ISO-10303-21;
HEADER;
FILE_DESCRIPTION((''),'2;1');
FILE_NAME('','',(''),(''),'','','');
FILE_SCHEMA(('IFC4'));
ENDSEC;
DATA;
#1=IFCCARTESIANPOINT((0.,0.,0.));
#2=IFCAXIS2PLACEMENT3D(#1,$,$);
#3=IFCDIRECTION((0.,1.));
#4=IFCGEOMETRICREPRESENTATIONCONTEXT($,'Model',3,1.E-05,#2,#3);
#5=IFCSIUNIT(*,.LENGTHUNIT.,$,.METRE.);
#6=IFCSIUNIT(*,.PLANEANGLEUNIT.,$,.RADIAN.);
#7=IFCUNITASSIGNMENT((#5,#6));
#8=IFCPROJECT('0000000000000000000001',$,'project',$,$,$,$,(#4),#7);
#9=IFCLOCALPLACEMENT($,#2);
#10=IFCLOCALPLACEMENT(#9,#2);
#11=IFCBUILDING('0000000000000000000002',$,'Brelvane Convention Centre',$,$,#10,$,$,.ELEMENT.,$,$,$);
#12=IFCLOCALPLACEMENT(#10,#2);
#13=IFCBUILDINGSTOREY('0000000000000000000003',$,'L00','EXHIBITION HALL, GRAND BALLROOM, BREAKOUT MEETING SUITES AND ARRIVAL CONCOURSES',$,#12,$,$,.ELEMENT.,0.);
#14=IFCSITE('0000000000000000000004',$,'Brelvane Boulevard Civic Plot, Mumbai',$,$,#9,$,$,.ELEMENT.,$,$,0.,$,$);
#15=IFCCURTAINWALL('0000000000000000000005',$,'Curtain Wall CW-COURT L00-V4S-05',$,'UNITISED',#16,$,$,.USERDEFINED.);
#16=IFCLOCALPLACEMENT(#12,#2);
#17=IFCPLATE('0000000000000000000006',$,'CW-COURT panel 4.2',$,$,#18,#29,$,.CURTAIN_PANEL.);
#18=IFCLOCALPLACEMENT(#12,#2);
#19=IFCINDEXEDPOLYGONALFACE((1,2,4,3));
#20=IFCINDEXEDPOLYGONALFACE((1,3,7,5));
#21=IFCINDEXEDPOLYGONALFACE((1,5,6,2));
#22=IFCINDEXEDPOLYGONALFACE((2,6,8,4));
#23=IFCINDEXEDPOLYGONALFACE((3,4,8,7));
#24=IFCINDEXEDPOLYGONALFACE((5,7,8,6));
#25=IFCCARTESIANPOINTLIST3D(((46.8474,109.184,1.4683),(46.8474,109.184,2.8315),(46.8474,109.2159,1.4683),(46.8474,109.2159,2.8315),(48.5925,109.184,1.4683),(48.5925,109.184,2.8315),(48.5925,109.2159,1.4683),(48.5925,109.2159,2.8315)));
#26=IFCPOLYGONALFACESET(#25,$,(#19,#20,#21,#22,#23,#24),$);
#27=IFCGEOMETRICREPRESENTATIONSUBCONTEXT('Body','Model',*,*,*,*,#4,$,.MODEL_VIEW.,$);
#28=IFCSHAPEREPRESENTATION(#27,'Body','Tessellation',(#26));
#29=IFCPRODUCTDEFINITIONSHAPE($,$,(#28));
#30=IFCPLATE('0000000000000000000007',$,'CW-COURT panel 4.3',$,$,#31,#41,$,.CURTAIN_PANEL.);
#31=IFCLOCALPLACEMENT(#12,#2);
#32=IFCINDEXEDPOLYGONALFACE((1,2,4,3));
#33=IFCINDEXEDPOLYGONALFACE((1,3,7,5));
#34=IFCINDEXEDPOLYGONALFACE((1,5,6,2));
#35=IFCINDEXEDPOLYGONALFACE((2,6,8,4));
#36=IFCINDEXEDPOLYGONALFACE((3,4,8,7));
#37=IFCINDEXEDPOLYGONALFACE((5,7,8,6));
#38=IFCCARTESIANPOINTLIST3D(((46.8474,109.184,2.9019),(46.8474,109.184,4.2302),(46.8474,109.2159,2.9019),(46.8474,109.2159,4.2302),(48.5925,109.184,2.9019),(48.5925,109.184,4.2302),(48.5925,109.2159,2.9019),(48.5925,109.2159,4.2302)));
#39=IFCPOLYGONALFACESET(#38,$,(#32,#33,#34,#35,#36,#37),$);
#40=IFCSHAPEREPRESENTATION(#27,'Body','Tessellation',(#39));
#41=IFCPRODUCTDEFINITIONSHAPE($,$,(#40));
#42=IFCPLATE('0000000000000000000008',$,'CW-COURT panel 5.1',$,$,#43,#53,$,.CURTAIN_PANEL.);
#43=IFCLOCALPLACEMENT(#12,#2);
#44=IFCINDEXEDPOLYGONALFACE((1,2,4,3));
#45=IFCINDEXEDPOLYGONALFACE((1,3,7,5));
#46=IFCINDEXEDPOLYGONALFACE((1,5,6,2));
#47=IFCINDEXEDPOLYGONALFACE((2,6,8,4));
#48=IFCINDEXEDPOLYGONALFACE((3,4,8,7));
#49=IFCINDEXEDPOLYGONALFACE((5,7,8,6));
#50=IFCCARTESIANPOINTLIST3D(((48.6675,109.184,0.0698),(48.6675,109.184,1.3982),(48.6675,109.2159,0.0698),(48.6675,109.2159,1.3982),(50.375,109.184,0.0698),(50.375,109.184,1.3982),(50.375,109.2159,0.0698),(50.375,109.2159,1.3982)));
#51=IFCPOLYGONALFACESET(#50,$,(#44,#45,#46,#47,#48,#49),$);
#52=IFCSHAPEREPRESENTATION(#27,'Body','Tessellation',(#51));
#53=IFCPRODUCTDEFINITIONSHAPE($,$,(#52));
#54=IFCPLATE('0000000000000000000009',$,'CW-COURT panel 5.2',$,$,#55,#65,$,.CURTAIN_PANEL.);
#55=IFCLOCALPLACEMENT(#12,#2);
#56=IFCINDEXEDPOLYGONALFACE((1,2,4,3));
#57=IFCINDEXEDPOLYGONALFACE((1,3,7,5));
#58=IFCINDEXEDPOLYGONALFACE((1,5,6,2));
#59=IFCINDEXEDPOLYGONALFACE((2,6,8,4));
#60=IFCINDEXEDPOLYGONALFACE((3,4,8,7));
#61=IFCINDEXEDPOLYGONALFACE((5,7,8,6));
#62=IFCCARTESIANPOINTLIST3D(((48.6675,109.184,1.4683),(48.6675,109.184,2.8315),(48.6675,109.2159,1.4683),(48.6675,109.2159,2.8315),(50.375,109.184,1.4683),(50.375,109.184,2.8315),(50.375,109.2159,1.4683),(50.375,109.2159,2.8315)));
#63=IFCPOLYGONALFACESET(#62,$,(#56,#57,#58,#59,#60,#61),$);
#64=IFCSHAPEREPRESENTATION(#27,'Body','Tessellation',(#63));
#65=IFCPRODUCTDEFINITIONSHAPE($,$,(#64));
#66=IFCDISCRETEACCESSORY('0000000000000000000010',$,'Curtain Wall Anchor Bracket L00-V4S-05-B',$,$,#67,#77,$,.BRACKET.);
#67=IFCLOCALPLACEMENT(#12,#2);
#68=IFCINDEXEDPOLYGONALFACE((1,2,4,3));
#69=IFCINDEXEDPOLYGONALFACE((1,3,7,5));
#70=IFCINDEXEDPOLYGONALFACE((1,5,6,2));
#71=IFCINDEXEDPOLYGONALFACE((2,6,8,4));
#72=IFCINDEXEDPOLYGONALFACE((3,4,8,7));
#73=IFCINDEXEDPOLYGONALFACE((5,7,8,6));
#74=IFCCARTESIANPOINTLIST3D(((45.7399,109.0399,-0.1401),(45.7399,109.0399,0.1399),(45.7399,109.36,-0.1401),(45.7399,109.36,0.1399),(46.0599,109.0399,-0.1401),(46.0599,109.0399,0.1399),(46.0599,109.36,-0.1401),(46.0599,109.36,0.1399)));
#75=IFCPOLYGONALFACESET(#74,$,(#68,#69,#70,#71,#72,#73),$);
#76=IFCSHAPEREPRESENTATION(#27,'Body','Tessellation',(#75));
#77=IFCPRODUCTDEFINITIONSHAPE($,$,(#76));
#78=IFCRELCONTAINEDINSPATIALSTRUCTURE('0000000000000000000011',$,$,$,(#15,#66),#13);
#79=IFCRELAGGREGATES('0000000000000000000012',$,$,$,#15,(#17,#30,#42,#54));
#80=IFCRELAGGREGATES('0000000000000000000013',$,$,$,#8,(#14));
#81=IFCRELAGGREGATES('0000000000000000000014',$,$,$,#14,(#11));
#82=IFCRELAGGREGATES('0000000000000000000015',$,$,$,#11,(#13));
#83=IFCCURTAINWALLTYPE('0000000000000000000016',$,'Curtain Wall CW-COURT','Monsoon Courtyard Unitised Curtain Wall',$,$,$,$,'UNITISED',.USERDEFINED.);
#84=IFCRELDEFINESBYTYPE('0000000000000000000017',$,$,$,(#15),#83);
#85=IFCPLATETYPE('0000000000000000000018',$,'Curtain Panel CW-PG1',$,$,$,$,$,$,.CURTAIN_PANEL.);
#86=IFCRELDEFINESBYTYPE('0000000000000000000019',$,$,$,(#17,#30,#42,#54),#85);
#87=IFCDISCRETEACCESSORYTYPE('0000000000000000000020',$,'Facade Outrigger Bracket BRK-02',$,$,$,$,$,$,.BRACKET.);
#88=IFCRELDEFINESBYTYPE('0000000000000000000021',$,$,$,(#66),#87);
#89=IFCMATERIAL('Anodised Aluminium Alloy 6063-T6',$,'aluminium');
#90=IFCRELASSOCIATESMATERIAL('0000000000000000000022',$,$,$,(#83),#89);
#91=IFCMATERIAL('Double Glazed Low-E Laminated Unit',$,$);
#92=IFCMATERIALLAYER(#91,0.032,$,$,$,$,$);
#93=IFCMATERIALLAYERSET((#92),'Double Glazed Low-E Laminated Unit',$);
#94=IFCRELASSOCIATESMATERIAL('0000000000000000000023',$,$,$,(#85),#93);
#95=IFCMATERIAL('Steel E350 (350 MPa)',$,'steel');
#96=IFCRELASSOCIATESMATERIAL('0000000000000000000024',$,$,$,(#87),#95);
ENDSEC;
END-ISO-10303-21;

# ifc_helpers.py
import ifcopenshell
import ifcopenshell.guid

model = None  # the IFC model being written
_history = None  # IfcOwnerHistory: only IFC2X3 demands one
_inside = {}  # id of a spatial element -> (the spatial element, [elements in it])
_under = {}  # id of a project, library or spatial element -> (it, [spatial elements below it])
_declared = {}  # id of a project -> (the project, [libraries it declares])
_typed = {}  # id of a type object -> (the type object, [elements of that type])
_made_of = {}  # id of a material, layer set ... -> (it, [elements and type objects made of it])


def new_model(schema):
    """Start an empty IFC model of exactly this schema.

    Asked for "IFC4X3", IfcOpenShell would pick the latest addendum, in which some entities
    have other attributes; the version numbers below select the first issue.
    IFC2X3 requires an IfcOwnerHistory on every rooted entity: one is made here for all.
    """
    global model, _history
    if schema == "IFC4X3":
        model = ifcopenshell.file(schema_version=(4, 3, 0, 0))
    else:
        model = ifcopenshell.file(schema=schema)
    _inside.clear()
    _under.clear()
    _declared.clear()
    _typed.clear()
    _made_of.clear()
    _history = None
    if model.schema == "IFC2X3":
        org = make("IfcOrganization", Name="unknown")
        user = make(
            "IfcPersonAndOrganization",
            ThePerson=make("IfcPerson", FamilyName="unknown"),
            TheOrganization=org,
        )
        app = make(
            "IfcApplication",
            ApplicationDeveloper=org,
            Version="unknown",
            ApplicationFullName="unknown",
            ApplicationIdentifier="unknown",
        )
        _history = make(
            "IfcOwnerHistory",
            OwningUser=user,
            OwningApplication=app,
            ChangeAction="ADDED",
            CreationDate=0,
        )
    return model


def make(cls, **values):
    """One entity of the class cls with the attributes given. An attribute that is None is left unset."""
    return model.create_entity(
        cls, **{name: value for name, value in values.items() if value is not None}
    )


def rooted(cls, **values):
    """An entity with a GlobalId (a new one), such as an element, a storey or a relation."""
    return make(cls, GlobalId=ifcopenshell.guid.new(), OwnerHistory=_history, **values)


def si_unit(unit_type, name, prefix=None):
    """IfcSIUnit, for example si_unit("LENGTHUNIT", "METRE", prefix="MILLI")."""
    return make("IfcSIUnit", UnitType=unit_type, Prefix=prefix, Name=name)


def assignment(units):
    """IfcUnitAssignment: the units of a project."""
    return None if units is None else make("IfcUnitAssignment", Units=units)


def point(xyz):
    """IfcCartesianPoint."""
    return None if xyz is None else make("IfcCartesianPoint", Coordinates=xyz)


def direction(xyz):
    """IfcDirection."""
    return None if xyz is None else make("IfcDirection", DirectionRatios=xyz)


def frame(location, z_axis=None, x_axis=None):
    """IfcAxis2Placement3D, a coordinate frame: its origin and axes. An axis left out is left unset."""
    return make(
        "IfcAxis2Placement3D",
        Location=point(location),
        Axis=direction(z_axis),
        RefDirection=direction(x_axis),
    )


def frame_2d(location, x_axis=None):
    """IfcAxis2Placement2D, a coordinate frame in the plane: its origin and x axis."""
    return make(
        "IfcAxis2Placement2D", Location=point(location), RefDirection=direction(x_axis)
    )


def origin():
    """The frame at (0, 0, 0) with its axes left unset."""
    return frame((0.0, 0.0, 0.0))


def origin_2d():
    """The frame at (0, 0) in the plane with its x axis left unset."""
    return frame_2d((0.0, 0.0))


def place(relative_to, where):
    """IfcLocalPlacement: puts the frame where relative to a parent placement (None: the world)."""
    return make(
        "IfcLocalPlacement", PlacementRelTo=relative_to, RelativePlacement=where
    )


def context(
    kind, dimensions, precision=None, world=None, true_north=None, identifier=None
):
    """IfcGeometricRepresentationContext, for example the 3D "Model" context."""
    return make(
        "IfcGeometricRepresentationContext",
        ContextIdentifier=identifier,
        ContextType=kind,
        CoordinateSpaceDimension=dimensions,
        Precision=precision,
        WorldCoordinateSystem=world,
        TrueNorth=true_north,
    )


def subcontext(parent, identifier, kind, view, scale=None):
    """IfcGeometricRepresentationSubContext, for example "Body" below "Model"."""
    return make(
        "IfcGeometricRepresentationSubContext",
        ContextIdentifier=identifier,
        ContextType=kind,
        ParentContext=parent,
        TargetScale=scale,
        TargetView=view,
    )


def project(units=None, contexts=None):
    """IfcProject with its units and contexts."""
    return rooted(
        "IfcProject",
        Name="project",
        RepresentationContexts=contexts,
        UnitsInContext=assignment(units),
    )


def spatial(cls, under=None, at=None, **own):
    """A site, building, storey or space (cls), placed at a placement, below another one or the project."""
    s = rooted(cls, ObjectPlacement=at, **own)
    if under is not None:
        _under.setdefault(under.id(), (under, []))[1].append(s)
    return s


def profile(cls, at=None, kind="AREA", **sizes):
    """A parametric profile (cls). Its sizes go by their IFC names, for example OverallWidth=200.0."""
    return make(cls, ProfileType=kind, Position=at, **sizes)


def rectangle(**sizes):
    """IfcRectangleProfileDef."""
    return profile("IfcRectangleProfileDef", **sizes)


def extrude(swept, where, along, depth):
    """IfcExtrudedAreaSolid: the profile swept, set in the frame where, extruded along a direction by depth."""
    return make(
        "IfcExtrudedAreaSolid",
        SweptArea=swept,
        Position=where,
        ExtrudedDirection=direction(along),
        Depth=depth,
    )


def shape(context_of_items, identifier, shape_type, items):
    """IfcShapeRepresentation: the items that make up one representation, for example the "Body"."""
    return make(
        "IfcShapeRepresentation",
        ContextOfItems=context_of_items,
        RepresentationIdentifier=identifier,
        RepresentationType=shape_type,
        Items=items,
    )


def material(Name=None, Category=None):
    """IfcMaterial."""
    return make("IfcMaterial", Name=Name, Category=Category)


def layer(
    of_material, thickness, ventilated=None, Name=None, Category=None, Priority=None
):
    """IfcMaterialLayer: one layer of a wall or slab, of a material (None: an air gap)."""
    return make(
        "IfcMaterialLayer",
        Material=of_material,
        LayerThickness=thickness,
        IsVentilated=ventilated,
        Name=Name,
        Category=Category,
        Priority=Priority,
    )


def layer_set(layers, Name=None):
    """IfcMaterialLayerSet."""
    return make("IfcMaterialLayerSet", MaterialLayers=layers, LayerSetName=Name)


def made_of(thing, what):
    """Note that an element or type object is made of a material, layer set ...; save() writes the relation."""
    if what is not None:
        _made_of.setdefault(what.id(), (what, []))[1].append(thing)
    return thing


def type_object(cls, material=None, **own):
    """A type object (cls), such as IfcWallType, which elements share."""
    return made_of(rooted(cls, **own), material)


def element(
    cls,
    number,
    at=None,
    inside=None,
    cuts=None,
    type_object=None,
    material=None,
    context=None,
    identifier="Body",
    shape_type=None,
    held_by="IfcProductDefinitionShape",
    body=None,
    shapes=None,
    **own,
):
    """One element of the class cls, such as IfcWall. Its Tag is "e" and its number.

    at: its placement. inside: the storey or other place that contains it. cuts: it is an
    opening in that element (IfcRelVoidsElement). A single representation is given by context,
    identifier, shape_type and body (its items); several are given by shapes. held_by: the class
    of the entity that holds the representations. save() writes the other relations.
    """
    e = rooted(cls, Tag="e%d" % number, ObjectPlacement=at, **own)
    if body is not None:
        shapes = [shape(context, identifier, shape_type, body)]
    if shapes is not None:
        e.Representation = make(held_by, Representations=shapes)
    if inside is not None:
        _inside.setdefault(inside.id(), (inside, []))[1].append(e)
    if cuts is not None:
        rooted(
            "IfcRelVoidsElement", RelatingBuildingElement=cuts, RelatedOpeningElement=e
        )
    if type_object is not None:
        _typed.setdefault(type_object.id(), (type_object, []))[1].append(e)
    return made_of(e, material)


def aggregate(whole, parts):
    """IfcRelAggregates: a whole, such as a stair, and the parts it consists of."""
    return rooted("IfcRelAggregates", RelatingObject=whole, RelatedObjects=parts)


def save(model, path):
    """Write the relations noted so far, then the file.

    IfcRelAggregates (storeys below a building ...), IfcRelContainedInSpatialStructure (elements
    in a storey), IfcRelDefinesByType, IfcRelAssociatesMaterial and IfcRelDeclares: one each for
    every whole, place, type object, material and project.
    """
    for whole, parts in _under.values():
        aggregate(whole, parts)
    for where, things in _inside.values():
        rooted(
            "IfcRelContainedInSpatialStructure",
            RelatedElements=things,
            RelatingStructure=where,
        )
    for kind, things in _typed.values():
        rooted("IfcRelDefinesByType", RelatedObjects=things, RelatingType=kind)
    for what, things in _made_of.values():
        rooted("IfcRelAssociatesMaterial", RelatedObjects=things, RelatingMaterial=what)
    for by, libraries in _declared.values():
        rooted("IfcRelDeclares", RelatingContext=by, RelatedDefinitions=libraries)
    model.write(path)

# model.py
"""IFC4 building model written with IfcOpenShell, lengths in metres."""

from ifc_helpers import new_model, si_unit, direction, frame, origin, origin_2d, place, context, subcontext, project, spatial, rectangle, extrude, material, layer, layer_set, type_object, element, aggregate, save


model = new_model("IFC4")

# Units and contexts
model_context = context("Model", 3, precision=1e-05, world=origin(), true_north=direction((0.0, 1.0)))
body_context = subcontext(model_context, "Body", "Model", "MODEL_VIEW")
ifc_project = project(units=[si_unit("LENGTHUNIT", "METRE"), si_unit("PLANEANGLEUNIT", "RADIAN")], contexts=[model_context])

# Site, building, storey
site_placement = place(None, origin())
site = spatial("IfcSite", under=ifc_project, at=site_placement, Name="Brelvane Boulevard Civic Plot, Mumbai", CompositionType="ELEMENT", RefElevation=0.0)
building_placement = place(site_placement, origin())
building = spatial("IfcBuilding", under=site, at=building_placement, Name="Brelvane Convention Centre", CompositionType="ELEMENT")
storey_placement = place(building_placement, origin())
storey = spatial("IfcBuildingStorey", under=building, at=storey_placement, Name="L00", Description="EXHIBITION HALL, GRAND BALLROOM, BREAKOUT MEETING SUITES AND ARRIVAL CONCOURSES", CompositionType="ELEMENT", Elevation=0.0)

# Curtain wall, plates
ifc_material_1 = material(Name="Anodised Aluminium Alloy 6063-T6", Category="aluminium")
curtain_wall_type = type_object("IfcCurtainWallType", Name="Curtain Wall CW-COURT", Description="Monsoon Courtyard Unitised Curtain Wall", ElementType="UNITISED", PredefinedType="USERDEFINED", material=ifc_material_1)
curtain_wall_placement = place(storey_placement, origin())
curtain_wall = element("IfcCurtainWall", 1, at=curtain_wall_placement, inside=storey, type_object=curtain_wall_type, Name="Curtain Wall CW-COURT L00-V4S-05", ObjectType="UNITISED", PredefinedType="USERDEFINED")
ifc_material_2 = material(Name="Double Glazed Low-E Laminated Unit")
ifc_layer = layer(ifc_material_2, 0.032)
ifc_layer_set = layer_set([ifc_layer], Name="Double Glazed Low-E Laminated Unit")
plate_type = type_object("IfcPlateType", Name="Curtain Panel CW-PG1", PredefinedType="CURTAIN_PANEL", material=ifc_layer_set)
plate_1_placement = place(storey_placement, frame((47.72, 109.2, 1.4683), z_axis=(0.0, 0.0, 1.0), x_axis=(1.0, 0.0, 0.0)))
plate_1 = element("IfcPlate", 2, at=plate_1_placement, type_object=plate_type, Name="CW-COURT panel 4.2", PredefinedType="CURTAIN_PANEL", context=body_context, shape_type="SweptSolid", body=[
    extrude(rectangle(XDim=1.7451, YDim=0.032, at=origin_2d()), origin(), (0.0, 0.0, 1.0), 1.3633),
])
plate_2_placement = place(storey_placement, frame((47.72, 109.2, 2.9019), z_axis=(0.0, 0.0, 1.0), x_axis=(1.0, 0.0, 0.0)))
plate_2 = element("IfcPlate", 3, at=plate_2_placement, type_object=plate_type, Name="CW-COURT panel 4.3", PredefinedType="CURTAIN_PANEL", context=body_context, shape_type="SweptSolid", body=[
    extrude(rectangle(XDim=1.7451, YDim=0.032, at=origin_2d()), origin(), (0.0, 0.0, 1.0), 1.3284),
])
plate_3_placement = place(storey_placement, frame((49.5212, 109.2, 0.0698), z_axis=(0.0, 0.0, 1.0), x_axis=(1.0, 0.0, 0.0)))
plate_3 = element("IfcPlate", 4, at=plate_3_placement, type_object=plate_type, Name="CW-COURT panel 5.1", PredefinedType="CURTAIN_PANEL", context=body_context, shape_type="SweptSolid", body=[
    extrude(rectangle(XDim=1.7075, YDim=0.032, at=origin_2d()), origin(), (0.0, 0.0, 1.0), 1.3284),
])
plate_4_placement = place(storey_placement, frame((49.5212, 109.2, 1.4683), z_axis=(0.0, 0.0, 1.0), x_axis=(1.0, 0.0, 0.0)))
plate_4 = element("IfcPlate", 5, at=plate_4_placement, type_object=plate_type, Name="CW-COURT panel 5.2", PredefinedType="CURTAIN_PANEL", context=body_context, shape_type="SweptSolid", body=[
    extrude(rectangle(XDim=1.7075, YDim=0.032, at=origin_2d()), origin(), (0.0, 0.0, 1.0), 1.3633),
])
aggregate(curtain_wall, [plate_1, plate_2, plate_3, plate_4])

# Discrete accessory
ifc_material_3 = material(Name="Steel E350 (350 MPa)", Category="steel")
discrete_accessory_type = type_object("IfcDiscreteAccessoryType", Name="Facade Outrigger Bracket BRK-02", PredefinedType="BRACKET", material=ifc_material_3)
discrete_accessory_placement = place(storey_placement, frame((45.8999, 109.2, -0.1401), z_axis=(0.0, 0.0, 1.0), x_axis=(1.0, 0.0, 0.0)))
element("IfcDiscreteAccessory", 6, at=discrete_accessory_placement, inside=storey, type_object=discrete_accessory_type, Name="Curtain Wall Anchor Bracket L00-V4S-05-B", PredefinedType="BRACKET", context=body_context, shape_type="SweptSolid", body=[
    extrude(rectangle(XDim=0.3201, YDim=0.3201, at=origin_2d()), origin(), (0.0, 0.0, 1.0), 0.28),
])

save(model, "model.ifc")
